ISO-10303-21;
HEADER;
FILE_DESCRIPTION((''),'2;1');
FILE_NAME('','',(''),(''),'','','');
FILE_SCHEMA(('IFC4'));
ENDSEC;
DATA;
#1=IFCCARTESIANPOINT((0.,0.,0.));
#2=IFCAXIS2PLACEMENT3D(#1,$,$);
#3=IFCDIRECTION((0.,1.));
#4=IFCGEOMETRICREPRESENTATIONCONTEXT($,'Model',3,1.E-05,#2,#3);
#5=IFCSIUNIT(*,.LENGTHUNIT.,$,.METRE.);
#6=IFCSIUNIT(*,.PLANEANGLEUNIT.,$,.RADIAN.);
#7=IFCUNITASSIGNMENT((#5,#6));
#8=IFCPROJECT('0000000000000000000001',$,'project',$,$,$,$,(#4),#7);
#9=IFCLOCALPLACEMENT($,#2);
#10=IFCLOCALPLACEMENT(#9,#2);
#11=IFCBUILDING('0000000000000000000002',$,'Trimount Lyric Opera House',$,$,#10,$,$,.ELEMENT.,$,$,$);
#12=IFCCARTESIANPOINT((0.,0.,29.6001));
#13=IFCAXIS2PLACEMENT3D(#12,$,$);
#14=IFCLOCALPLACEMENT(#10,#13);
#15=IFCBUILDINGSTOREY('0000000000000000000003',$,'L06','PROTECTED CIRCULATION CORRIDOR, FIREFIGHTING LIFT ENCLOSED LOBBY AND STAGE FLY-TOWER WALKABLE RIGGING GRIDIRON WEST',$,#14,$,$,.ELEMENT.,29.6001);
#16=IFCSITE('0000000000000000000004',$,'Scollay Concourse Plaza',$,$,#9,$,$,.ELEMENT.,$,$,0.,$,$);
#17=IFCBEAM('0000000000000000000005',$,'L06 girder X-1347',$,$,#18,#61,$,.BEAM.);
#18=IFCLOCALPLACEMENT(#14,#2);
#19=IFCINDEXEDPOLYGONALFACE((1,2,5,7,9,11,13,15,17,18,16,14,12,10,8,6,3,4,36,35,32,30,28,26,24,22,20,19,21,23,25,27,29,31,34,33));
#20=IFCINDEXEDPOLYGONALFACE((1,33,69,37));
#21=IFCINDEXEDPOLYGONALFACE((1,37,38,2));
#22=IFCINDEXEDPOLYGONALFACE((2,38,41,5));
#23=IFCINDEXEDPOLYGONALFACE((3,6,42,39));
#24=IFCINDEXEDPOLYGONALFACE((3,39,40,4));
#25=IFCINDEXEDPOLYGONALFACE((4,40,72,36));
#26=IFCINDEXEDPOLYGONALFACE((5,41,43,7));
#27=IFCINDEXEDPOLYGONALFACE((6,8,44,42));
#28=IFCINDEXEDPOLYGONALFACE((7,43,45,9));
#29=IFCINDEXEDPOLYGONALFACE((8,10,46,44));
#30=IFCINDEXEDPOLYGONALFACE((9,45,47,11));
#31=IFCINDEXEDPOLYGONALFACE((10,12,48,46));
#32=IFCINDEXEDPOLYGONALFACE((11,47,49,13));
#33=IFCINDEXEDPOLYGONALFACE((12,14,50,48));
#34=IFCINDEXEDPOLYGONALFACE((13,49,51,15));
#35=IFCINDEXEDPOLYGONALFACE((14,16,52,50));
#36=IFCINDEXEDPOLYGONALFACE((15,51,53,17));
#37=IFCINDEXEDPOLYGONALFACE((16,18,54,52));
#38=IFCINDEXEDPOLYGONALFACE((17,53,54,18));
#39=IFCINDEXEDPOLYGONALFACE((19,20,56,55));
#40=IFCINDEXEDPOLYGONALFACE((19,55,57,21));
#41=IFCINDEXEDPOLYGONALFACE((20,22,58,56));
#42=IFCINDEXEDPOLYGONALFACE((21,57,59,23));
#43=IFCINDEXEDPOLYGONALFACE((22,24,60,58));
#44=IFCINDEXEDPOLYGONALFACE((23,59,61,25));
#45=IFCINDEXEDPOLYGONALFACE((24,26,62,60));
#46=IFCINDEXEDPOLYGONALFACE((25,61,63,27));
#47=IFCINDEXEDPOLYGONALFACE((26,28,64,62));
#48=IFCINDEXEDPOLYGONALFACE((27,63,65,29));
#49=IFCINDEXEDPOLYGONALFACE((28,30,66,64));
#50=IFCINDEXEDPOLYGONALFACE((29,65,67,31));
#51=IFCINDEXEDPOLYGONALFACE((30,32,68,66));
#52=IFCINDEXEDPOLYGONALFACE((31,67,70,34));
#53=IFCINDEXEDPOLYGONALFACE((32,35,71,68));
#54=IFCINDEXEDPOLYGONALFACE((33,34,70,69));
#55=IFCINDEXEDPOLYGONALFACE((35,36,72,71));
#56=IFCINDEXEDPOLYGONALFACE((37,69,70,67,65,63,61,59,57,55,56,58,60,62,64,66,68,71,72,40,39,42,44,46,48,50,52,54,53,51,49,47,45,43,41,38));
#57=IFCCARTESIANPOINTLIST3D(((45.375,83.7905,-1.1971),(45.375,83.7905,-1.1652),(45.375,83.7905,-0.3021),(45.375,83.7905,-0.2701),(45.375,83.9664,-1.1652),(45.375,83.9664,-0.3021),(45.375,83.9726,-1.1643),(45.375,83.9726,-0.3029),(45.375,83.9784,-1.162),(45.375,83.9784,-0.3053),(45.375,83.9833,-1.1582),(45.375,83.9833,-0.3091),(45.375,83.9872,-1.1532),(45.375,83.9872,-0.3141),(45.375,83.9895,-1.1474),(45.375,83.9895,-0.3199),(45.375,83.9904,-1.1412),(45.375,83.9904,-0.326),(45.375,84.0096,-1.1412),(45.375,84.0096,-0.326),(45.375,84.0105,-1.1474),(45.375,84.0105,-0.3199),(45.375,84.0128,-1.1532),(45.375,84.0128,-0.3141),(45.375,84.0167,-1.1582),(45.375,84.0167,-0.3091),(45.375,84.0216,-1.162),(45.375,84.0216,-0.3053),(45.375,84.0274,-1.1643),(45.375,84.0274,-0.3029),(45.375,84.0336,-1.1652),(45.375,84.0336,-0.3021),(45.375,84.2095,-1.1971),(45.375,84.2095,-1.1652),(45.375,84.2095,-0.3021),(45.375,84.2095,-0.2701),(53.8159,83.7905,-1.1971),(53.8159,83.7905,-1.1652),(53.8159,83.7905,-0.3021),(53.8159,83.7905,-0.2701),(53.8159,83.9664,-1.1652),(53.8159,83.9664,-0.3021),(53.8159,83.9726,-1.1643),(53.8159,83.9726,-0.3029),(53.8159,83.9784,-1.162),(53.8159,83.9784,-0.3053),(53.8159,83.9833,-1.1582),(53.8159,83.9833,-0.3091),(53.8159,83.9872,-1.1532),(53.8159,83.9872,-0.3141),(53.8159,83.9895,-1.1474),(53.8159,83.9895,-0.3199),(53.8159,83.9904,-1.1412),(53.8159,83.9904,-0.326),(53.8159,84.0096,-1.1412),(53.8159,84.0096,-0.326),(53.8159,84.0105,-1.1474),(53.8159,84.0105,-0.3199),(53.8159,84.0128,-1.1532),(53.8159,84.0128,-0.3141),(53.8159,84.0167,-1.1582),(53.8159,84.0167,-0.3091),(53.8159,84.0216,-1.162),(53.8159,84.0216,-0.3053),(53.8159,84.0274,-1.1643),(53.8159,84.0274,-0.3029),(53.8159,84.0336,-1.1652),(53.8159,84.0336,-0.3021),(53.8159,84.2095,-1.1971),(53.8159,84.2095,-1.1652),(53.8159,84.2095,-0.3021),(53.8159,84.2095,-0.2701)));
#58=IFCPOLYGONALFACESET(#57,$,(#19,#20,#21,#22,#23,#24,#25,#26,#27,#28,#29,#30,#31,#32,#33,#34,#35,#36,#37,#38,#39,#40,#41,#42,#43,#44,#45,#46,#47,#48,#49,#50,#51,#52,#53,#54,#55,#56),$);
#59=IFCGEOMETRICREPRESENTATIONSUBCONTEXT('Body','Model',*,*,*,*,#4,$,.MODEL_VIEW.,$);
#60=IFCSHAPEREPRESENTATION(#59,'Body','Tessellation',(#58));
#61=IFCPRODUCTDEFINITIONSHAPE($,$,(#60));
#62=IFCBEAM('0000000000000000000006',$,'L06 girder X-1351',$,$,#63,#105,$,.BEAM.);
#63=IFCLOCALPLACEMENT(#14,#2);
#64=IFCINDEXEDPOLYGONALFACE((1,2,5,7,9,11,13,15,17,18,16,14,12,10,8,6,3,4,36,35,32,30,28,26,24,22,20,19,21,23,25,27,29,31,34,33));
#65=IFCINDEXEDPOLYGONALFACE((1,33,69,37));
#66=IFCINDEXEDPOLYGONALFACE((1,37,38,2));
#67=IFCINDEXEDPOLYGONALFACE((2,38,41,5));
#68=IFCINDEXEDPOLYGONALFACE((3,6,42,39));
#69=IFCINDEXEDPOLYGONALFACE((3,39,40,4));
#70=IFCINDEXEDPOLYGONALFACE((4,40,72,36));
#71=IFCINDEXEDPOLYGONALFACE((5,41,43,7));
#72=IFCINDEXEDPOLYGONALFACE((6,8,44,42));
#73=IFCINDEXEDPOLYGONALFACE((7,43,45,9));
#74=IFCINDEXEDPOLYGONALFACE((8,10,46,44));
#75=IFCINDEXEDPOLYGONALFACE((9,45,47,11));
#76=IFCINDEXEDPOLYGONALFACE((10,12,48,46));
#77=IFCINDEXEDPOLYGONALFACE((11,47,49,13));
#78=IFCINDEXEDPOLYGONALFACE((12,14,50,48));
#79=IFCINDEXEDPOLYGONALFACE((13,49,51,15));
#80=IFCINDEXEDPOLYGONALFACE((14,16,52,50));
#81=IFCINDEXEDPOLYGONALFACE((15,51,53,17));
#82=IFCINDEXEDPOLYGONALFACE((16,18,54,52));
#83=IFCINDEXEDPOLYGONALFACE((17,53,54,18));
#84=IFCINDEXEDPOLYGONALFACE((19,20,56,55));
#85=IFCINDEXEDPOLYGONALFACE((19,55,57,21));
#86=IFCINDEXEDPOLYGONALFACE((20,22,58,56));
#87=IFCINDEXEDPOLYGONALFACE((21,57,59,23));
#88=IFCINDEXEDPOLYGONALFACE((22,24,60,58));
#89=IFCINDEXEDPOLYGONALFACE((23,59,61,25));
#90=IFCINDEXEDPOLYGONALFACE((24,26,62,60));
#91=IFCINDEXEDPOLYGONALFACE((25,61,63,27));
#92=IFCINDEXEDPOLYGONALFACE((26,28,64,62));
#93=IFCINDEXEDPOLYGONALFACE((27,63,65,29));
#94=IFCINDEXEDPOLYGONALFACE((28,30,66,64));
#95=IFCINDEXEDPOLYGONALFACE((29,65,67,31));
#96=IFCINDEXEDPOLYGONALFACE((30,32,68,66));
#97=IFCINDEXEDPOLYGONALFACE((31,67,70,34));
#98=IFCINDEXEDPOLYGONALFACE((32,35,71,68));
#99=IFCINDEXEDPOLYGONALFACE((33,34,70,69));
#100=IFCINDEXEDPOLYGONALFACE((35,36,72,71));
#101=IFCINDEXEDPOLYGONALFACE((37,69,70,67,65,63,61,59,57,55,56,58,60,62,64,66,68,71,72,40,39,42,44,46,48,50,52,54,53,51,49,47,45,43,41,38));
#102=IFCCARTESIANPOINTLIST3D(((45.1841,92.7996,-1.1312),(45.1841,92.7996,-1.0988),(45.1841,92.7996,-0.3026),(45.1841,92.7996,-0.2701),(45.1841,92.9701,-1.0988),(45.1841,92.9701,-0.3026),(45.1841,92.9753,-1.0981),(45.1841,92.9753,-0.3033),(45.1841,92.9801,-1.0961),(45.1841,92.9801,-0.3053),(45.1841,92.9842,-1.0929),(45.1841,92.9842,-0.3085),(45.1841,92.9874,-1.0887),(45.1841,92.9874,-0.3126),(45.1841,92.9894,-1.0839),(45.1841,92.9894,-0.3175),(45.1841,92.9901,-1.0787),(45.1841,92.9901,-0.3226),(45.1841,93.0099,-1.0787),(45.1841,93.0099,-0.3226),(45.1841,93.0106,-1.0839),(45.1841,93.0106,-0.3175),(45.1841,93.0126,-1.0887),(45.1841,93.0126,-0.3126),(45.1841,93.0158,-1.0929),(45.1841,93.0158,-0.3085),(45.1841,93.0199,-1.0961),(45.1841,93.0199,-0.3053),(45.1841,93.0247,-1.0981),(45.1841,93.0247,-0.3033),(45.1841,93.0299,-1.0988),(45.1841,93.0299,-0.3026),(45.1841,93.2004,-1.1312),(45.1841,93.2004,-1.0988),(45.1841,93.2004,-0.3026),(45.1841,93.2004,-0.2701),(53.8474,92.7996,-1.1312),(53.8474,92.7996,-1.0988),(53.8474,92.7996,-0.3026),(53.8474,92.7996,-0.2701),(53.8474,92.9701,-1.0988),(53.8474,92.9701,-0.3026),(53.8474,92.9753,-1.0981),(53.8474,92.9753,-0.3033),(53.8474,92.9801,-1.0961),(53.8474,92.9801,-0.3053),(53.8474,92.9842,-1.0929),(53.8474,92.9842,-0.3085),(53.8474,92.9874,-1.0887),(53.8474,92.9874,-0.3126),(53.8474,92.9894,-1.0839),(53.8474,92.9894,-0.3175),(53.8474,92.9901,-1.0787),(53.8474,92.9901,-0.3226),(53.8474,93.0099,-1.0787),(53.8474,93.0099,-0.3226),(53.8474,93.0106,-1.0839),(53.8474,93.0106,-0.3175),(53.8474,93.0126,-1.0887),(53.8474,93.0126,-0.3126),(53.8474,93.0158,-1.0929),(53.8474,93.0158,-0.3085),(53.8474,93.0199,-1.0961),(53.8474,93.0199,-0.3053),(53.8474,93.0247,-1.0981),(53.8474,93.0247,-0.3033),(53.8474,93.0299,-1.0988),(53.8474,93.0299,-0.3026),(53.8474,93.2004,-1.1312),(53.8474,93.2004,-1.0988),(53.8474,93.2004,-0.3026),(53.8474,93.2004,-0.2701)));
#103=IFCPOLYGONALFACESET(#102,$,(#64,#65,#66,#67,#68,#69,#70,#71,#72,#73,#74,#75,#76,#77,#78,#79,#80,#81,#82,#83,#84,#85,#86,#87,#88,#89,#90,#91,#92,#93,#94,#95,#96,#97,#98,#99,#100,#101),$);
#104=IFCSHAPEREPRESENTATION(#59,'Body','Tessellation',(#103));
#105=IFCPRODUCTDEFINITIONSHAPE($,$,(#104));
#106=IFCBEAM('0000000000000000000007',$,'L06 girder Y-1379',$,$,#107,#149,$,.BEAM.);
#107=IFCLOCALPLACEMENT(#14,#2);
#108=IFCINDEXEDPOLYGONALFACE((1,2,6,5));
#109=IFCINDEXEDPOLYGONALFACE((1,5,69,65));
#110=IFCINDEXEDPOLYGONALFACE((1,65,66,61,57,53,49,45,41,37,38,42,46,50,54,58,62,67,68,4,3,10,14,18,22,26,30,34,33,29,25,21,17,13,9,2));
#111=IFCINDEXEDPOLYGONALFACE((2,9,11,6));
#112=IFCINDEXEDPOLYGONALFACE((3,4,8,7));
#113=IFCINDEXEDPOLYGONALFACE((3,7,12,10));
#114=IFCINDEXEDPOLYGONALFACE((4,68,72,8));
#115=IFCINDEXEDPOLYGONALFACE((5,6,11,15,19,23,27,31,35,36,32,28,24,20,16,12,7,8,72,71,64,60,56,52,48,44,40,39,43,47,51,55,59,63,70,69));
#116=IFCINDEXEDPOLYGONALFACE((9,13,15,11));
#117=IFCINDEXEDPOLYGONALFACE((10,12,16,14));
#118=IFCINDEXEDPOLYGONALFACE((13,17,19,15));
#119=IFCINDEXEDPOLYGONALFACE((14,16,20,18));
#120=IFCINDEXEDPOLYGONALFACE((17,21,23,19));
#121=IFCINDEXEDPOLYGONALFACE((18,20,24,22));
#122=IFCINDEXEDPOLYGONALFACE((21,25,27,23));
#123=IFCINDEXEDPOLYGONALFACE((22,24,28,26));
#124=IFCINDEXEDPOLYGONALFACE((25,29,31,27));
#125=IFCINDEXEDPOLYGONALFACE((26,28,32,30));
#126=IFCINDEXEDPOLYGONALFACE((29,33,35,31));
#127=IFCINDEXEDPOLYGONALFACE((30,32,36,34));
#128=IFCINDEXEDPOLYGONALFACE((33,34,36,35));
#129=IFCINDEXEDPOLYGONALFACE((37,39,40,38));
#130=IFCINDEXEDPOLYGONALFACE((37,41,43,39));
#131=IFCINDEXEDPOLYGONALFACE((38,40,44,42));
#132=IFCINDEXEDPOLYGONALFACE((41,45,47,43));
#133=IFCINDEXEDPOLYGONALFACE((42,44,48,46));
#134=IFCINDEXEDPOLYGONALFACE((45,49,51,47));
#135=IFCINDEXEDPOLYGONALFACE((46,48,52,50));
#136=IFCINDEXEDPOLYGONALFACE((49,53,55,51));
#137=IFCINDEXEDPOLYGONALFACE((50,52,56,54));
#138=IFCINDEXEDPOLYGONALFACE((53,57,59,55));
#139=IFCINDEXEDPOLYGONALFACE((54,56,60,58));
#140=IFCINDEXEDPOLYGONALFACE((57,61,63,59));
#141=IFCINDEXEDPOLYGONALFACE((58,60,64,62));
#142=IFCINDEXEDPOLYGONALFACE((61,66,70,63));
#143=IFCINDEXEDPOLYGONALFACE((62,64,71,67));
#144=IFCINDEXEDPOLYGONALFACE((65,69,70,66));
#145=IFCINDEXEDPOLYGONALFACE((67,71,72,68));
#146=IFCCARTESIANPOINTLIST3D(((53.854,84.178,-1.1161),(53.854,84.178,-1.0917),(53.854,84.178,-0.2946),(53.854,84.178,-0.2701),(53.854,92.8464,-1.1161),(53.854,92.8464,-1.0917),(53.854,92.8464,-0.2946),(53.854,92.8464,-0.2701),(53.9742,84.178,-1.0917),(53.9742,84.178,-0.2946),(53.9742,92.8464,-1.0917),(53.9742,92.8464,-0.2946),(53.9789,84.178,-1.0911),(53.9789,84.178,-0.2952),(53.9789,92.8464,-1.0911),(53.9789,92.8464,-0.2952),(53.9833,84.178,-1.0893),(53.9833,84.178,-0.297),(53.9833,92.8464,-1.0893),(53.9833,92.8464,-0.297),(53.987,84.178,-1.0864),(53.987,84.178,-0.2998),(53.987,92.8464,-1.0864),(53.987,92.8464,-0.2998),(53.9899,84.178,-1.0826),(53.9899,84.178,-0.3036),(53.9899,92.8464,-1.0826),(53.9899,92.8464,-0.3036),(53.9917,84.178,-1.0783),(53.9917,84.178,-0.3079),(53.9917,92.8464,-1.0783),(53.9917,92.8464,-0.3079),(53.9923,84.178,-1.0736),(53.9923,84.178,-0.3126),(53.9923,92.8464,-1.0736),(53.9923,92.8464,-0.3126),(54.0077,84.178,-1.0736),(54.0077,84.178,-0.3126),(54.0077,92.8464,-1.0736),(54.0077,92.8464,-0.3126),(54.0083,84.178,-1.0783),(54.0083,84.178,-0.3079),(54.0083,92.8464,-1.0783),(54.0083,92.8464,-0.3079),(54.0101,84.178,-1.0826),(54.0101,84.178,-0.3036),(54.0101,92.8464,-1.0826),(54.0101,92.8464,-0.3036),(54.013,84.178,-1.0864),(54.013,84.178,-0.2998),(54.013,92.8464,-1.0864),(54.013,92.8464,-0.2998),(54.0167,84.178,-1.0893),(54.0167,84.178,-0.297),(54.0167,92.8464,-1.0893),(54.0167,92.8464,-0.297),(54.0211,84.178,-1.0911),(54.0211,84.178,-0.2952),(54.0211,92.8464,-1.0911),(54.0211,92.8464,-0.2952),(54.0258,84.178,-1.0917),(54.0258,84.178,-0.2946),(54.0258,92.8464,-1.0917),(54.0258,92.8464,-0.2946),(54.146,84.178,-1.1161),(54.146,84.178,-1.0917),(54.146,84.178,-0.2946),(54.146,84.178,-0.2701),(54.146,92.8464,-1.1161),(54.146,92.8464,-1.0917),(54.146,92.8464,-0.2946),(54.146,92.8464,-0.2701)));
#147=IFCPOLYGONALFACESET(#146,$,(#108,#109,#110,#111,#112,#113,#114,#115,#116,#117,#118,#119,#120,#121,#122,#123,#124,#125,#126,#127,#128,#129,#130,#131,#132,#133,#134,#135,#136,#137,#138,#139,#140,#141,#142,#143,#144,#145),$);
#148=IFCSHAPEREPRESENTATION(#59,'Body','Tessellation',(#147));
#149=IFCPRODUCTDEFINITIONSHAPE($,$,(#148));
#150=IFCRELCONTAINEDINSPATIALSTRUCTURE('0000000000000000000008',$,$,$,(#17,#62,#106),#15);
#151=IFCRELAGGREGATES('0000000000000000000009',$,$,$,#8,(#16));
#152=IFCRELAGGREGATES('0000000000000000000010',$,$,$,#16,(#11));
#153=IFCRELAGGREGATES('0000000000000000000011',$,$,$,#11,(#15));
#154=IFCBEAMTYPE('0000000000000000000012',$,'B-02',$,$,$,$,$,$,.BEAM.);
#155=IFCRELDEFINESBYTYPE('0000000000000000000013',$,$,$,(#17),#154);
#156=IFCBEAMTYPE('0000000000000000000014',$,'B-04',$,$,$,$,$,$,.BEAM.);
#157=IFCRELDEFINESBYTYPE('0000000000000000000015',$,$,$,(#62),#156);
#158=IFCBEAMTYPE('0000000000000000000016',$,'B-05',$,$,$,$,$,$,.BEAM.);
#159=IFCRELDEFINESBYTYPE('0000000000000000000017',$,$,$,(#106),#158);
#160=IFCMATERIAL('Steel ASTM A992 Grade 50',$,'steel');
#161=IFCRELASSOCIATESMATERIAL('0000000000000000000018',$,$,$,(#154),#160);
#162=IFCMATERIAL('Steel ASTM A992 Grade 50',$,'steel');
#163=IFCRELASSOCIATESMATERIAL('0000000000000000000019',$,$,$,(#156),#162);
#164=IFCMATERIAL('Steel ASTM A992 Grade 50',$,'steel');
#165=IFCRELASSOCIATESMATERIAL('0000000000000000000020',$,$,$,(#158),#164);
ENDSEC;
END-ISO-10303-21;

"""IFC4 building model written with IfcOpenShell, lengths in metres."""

from ifc_helpers import new_model, si_unit, direction, frame, origin, origin_2d, place, context, subcontext, project, spatial, i_section, extrude, material, material_profile, profile_set, type_object, element, save


model = new_model("IFC4")

# Units and contexts
model_context = context("Model", 3, precision=1e-05, world=origin(), true_north=direction((0.0, 1.0)))
body_context = subcontext(model_context, "Body", "Model", "MODEL_VIEW")
ifc_project = project(units=[si_unit("LENGTHUNIT", "METRE"), si_unit("PLANEANGLEUNIT", "RADIAN")], contexts=[model_context])

# Site, building, storey
site_placement = place(None, origin())
site = spatial("IfcSite", under=ifc_project, at=site_placement, Name="Scollay Concourse Plaza", CompositionType="ELEMENT", RefElevation=0.0)
building_placement = place(site_placement, origin())
building = spatial("IfcBuilding", under=site, at=building_placement, Name="Trimount Lyric Opera House", CompositionType="ELEMENT")
storey_placement = place(building_placement, frame((0.0, 0.0, 29.6001)))
storey = spatial("IfcBuildingStorey", under=building, at=storey_placement, Name="L06", Description="PROTECTED CIRCULATION CORRIDOR, FIREFIGHTING LIFT ENCLOSED LOBBY AND STAGE FLY-TOWER WALKABLE RIGGING GRIDIRON WEST", CompositionType="ELEMENT", Elevation=29.6001)

# Beams
ifc_material_1 = material(Name="Steel ASTM A992 Grade 50", Category="steel")
ifc_material_profile_1 = material_profile(ifc_material_1, i_section(OverallWidth=0.4189, OverallDepth=0.927, WebThickness=0.0193, FlangeThickness=0.032, FilletRadius=0.0239, at=origin_2d()), Name="W36X231")
ifc_profile_set_1 = profile_set([ifc_material_profile_1], Name="Steel ASTM A992 Grade 50")
beam_type_1 = type_object("IfcBeamType", Name="B-02", PredefinedType="BEAM", material=ifc_profile_set_1)
beam_1_placement = place(storey_placement, frame((45.375, 84.0, -0.7336), z_axis=(1.0, 0.0, 0.0), x_axis=(0.0, 1.0, 0.0)))
element("IfcBeam", 1, at=beam_1_placement, inside=storey, type_object=beam_type_1, Name="L06 girder X-1347", PredefinedType="BEAM", context=body_context, shape_type="SweptSolid", body=[
    extrude(i_section(OverallWidth=0.4189, OverallDepth=0.927, WebThickness=0.0193, FlangeThickness=0.032, FilletRadius=0.0239, at=origin_2d()), origin(), (0.0, 0.0, 1.0), 8.4409),
])
ifc_material_2 = material(Name="Steel ASTM A992 Grade 50", Category="steel")
ifc_material_profile_2 = material_profile(ifc_material_2, i_section(OverallWidth=0.4009, OverallDepth=0.8611, WebThickness=0.0198, FlangeThickness=0.0325, FilletRadius=0.02, at=origin_2d()), Name="W33X221")
ifc_profile_set_2 = profile_set([ifc_material_profile_2], Name="Steel ASTM A992 Grade 50")
beam_type_2 = type_object("IfcBeamType", Name="B-04", PredefinedType="BEAM", material=ifc_profile_set_2)
beam_2_placement = place(storey_placement, frame((45.1841, 93.0, -0.7007), z_axis=(1.0, 0.0, 0.0), x_axis=(0.0, 1.0, 0.0)))
element("IfcBeam", 2, at=beam_2_placement, inside=storey, type_object=beam_type_2, Name="L06 girder X-1351", PredefinedType="BEAM", context=body_context, shape_type="SweptSolid", body=[
    extrude(i_section(OverallWidth=0.4009, OverallDepth=0.8611, WebThickness=0.0198, FlangeThickness=0.0325, FilletRadius=0.02, at=origin_2d()), origin(), (0.0, 0.0, 1.0), 8.6633),
])
ifc_material_3 = material(Name="Steel ASTM A992 Grade 50", Category="steel")
ifc_material_profile_3 = material_profile(ifc_material_3, i_section(OverallWidth=0.292, OverallDepth=0.8459, WebThickness=0.0154, FlangeThickness=0.0244, FilletRadius=0.0181, at=origin_2d()), Name="W33X141")
ifc_profile_set_3 = profile_set([ifc_material_profile_3], Name="Steel ASTM A992 Grade 50")
beam_type_3 = type_object("IfcBeamType", Name="B-05", PredefinedType="BEAM", material=ifc_profile_set_3)
beam_3_placement = place(storey_placement, frame((54.0, 84.178, -0.6931), z_axis=(0.0, 1.0, 0.0), x_axis=(-1.0, 0.0, 0.0)))
element("IfcBeam", 3, at=beam_3_placement, inside=storey, type_object=beam_type_3, Name="L06 girder Y-1379", PredefinedType="BEAM", context=body_context, shape_type="SweptSolid", body=[
    extrude(i_section(OverallWidth=0.292, OverallDepth=0.8459, WebThickness=0.0154, FlangeThickness=0.0244, FilletRadius=0.0181, at=origin_2d()), origin(), (0.0, 0.0, 1.0), 8.6685),
])

save(model, "model.ifc")
